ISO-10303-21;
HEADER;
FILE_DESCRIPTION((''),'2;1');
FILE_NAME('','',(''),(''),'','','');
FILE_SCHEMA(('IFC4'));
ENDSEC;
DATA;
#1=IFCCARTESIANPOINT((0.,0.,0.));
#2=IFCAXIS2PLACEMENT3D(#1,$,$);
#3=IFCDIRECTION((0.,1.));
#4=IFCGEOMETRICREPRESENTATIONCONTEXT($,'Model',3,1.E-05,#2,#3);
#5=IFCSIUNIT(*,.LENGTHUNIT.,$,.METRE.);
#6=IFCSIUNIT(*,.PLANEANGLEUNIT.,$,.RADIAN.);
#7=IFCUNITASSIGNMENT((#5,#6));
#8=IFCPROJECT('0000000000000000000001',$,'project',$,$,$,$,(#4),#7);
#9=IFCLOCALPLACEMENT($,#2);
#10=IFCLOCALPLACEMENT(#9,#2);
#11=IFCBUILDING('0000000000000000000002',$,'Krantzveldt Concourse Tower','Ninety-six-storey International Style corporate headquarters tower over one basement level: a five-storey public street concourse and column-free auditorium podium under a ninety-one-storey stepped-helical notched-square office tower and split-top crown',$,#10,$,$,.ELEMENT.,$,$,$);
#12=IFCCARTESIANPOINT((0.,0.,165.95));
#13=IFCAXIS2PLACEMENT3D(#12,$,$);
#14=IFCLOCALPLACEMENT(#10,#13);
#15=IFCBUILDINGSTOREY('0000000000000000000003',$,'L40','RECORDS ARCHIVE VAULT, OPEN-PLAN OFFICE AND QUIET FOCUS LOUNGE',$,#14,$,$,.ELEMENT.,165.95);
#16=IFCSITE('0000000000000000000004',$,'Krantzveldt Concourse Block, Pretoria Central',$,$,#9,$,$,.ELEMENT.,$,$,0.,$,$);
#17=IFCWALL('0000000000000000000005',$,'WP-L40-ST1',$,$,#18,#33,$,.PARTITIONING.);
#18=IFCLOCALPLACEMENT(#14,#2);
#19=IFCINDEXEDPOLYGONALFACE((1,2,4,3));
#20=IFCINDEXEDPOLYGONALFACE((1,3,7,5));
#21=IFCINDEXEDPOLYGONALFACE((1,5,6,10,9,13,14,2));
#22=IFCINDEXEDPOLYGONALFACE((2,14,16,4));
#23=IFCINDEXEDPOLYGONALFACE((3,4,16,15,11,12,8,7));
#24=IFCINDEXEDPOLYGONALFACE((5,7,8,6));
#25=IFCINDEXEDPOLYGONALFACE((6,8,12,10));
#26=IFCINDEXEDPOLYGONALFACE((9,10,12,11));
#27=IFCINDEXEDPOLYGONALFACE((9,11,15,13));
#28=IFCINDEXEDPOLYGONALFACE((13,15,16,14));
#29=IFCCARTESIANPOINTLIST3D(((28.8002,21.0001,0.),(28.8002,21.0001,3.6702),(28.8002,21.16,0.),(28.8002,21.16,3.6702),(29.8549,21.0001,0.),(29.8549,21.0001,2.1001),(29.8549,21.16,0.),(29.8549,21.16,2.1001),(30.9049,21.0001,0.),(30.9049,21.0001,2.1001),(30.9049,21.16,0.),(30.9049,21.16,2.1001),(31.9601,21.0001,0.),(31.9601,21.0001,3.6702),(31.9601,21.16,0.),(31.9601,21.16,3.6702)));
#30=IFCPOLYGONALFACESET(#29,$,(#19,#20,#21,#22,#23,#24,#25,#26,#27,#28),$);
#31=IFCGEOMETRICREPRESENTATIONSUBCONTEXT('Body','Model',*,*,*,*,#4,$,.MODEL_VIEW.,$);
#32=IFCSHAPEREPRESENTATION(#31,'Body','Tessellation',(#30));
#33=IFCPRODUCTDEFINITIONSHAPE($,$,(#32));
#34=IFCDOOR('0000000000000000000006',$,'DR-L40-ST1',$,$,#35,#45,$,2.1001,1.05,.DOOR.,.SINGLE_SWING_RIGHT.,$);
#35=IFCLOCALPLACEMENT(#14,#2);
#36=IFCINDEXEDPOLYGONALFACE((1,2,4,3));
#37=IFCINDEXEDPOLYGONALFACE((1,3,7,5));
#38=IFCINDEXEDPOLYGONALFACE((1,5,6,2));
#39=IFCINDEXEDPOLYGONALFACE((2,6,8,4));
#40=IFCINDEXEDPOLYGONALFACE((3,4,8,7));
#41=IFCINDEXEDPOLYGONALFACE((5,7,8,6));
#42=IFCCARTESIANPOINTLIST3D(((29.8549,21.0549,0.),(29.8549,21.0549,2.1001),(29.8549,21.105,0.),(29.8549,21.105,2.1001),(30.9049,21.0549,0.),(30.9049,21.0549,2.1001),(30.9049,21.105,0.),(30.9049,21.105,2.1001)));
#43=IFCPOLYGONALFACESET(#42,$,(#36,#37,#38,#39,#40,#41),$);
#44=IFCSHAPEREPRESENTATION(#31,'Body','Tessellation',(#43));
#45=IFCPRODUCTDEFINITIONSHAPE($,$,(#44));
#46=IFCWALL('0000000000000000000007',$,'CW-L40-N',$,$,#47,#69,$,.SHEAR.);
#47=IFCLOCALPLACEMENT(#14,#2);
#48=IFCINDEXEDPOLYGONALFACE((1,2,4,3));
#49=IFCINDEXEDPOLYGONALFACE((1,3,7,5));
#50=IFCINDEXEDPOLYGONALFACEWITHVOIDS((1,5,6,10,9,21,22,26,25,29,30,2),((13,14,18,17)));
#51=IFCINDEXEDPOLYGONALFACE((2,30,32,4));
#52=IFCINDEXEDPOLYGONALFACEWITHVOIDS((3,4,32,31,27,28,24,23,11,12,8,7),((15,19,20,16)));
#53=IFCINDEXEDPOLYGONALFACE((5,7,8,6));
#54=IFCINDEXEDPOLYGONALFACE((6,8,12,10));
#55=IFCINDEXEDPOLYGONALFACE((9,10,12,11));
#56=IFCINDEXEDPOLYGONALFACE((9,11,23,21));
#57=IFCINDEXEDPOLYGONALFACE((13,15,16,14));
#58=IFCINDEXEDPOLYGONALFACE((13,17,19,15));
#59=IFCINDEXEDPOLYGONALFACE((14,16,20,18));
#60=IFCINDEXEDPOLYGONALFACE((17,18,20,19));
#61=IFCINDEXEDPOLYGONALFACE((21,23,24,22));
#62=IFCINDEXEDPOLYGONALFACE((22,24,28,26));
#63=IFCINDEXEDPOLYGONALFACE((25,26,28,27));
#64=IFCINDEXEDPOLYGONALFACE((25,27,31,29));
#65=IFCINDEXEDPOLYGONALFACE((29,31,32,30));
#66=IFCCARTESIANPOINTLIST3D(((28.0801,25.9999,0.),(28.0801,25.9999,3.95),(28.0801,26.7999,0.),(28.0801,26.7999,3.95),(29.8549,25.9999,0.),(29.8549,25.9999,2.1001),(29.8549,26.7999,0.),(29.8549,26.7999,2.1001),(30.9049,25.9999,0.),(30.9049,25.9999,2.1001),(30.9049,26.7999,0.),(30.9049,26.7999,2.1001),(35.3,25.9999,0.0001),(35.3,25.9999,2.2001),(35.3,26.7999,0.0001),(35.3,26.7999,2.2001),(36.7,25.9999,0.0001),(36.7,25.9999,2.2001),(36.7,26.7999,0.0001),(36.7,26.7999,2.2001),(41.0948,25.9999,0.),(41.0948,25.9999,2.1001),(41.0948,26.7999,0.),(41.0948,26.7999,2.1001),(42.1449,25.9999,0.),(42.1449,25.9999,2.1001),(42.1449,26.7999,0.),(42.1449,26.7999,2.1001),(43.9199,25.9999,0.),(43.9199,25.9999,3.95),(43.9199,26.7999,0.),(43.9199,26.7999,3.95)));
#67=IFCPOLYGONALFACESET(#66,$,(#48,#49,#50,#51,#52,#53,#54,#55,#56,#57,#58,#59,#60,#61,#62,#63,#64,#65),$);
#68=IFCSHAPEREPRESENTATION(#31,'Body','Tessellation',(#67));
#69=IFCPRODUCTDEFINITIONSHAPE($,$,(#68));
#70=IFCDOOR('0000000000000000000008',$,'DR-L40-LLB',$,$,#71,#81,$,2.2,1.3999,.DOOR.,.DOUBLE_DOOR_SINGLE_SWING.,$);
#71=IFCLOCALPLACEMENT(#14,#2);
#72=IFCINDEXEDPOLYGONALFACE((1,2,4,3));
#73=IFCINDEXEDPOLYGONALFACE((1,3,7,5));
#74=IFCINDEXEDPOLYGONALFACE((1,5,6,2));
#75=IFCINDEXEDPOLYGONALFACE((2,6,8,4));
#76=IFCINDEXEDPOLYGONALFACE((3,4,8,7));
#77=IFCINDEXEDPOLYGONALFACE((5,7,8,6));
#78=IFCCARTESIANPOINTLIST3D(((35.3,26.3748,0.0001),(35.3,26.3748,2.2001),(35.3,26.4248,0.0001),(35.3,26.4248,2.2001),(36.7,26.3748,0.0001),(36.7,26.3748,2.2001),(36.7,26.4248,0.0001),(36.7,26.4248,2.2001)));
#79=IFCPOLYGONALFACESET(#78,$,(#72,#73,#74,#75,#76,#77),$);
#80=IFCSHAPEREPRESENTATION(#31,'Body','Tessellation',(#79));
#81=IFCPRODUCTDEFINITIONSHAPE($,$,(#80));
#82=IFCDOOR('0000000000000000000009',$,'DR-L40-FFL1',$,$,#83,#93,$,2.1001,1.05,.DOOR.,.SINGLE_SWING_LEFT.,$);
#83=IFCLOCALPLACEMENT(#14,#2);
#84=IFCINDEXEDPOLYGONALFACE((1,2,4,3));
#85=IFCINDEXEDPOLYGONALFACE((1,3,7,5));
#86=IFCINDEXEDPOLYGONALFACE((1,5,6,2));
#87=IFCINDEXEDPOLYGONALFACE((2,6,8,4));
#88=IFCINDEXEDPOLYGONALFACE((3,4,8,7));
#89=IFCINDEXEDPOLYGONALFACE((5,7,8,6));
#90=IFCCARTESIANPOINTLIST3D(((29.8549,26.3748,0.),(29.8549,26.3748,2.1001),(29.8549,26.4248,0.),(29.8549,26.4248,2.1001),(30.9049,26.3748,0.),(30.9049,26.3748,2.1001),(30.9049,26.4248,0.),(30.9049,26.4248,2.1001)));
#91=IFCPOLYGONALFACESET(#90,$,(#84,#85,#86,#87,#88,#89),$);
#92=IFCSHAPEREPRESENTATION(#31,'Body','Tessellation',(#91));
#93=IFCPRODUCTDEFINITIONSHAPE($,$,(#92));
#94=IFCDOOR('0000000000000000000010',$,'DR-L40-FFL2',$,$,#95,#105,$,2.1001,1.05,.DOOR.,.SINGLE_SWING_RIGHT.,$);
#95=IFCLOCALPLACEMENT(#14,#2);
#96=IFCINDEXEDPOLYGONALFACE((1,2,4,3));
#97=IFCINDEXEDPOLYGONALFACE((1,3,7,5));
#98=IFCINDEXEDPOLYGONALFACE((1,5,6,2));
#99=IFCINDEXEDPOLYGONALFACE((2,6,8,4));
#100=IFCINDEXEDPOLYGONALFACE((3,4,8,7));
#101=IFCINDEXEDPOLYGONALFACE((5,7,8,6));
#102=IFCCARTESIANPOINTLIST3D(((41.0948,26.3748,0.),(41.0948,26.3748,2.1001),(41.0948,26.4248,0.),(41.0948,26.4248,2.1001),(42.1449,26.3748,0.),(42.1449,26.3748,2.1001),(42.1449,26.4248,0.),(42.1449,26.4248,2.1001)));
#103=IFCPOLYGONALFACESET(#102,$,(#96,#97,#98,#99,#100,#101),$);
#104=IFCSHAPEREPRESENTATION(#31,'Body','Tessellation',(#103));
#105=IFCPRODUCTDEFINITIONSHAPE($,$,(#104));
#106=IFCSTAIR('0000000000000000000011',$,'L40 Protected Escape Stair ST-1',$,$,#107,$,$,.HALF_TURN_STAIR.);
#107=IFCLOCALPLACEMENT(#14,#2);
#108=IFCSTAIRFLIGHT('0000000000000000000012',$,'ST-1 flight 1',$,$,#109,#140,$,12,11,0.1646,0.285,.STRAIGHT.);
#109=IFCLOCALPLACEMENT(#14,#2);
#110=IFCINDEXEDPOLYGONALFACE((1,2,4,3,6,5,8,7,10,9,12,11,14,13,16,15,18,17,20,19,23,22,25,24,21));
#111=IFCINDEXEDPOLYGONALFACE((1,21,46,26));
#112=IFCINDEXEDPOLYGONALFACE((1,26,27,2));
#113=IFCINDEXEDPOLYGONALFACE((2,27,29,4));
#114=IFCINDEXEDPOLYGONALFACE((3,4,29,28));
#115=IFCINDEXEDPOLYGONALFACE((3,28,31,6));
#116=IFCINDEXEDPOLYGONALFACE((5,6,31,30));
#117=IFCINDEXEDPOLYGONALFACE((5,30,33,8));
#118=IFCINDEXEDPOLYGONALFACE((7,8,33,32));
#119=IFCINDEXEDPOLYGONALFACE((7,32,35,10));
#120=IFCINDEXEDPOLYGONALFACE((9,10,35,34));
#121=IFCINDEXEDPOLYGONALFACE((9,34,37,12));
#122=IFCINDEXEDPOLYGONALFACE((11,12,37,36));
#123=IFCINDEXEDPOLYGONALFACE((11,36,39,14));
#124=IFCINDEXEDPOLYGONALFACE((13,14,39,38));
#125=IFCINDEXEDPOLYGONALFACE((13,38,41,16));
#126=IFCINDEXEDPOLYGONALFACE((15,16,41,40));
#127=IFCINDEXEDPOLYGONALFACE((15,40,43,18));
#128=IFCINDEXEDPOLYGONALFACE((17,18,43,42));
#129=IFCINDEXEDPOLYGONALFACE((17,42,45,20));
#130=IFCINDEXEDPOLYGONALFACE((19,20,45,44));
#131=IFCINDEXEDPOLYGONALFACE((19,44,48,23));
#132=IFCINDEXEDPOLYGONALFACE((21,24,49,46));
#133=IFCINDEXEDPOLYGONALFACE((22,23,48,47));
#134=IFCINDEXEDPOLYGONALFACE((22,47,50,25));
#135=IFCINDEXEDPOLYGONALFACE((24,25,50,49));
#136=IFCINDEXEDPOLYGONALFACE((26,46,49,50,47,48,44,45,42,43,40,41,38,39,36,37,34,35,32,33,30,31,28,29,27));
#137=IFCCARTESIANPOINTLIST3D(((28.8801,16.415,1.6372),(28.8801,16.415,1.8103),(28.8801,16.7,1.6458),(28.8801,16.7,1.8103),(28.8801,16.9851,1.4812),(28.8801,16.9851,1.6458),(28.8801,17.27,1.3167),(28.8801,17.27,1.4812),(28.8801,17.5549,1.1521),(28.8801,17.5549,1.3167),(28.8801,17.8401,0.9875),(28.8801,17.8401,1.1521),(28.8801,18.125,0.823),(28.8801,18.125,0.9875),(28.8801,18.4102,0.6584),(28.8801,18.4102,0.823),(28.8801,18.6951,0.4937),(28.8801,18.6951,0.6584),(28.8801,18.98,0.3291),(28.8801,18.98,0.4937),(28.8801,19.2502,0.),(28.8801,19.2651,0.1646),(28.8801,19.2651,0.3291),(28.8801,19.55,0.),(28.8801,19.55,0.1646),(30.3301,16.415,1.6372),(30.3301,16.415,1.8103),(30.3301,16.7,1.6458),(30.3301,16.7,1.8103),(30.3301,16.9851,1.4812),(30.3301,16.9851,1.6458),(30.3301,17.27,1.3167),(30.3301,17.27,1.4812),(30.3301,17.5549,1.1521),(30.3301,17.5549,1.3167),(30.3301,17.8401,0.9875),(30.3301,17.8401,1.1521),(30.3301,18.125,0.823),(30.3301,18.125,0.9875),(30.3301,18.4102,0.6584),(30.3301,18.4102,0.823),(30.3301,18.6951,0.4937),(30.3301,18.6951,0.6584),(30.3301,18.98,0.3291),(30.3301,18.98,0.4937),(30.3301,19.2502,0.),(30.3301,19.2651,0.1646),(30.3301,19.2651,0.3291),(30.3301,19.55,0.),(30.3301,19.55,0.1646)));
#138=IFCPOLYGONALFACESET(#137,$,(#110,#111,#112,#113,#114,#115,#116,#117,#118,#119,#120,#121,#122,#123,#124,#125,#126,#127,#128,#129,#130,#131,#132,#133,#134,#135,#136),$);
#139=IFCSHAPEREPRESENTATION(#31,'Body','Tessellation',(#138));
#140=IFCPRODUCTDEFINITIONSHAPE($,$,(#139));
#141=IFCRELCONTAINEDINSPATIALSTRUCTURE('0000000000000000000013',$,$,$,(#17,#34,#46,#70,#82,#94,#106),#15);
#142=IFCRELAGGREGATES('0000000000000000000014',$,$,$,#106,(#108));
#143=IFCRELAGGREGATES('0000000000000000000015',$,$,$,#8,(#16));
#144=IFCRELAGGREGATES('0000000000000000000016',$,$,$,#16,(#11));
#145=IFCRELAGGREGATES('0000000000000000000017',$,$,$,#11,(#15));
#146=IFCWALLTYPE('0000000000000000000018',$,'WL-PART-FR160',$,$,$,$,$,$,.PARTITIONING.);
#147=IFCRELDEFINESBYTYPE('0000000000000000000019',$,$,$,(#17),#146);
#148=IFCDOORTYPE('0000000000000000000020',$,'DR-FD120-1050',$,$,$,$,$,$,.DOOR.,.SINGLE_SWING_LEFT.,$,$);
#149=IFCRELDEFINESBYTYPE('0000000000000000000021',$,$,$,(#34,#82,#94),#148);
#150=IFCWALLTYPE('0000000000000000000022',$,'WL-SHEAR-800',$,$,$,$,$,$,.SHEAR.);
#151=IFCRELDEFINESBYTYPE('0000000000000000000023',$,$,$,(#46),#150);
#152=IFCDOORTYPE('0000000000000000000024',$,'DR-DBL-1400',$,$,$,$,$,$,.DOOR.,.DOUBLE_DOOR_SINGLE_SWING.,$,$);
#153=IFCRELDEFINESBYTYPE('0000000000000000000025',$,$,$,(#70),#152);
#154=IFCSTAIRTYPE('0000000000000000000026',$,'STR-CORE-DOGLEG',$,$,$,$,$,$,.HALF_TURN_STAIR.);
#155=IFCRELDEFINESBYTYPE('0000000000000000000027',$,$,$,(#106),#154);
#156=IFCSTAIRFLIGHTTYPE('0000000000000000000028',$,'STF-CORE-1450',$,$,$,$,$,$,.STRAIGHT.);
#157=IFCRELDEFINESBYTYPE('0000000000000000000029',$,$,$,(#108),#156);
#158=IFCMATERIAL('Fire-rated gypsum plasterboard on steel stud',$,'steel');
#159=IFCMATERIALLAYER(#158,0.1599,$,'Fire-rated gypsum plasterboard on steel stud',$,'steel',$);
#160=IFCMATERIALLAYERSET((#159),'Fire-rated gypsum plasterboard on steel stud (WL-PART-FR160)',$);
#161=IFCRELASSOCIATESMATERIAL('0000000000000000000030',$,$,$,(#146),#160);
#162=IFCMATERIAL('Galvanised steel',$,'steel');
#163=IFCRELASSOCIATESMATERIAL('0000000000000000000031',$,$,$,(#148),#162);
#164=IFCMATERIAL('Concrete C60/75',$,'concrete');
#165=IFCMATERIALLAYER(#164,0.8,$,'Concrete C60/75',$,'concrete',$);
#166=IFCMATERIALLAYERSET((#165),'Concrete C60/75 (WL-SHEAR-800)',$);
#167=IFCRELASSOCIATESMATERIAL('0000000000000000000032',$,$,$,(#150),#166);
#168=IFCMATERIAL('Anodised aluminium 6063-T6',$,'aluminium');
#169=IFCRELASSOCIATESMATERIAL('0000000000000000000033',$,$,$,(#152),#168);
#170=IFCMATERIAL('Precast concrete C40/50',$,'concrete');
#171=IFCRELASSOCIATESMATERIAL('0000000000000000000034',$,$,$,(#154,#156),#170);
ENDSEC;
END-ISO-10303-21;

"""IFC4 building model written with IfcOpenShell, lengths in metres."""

from ifc_helpers import new_model, si_unit, direction, frame, frame_2d, origin, place, context, subcontext, project, spatial, polyline, rectangle, outline, extrude, material, layer, layer_set, type_object, element, fill, aggregate, save


model = new_model("IFC4")

# Units and contexts
model_context = context("Model", 3, precision=1e-05, world=origin(), true_north=direction((0.0, 1.0)))
body_context = subcontext(model_context, "Body", "Model", "MODEL_VIEW")
ifc_project = project(units=[si_unit("LENGTHUNIT", "METRE"), si_unit("PLANEANGLEUNIT", "RADIAN")], contexts=[model_context])

# Site, building, storey
site_placement = place(None, origin())
site = spatial("IfcSite", under=ifc_project, at=site_placement, Name="Krantzveldt Concourse Block, Pretoria Central", CompositionType="ELEMENT", RefElevation=0.0)
building_placement = place(site_placement, origin())
building = spatial("IfcBuilding", under=site, at=building_placement, Name="Krantzveldt Concourse Tower", Description="Ninety-six-storey International Style corporate headquarters tower over one basement level: a five-storey public street concourse and column-free auditorium podium under a ninety-one-storey stepped-helical notched-square office tower and split-top crown", CompositionType="ELEMENT")
storey_placement = place(building_placement, frame((0.0, 0.0, 165.95)))
storey = spatial("IfcBuildingStorey", under=building, at=storey_placement, Name="L40", Description="RECORDS ARCHIVE VAULT, OPEN-PLAN OFFICE AND QUIET FOCUS LOUNGE", CompositionType="ELEMENT", Elevation=165.95)

# Shared definitions
ifc_material_1 = material(Name="Fire-rated gypsum plasterboard on steel stud", Category="steel")

# Wall, opening, door
ifc_layer_1 = layer(ifc_material_1, 0.1599, Name="Fire-rated gypsum plasterboard on steel stud", Category="steel")
ifc_layer_set_1 = layer_set([ifc_layer_1], Name="Fire-rated gypsum plasterboard on steel stud (WL-PART-FR160)")
wall_type_1 = type_object("IfcWallType", Name="WL-PART-FR160", PredefinedType="PARTITIONING", material=ifc_layer_set_1)
wall_1_placement = place(storey_placement, frame((28.8, 21.0801, 0.0), z_axis=(0.0, 0.0, 1.0), x_axis=(1.0, 0.0, 0.0)))
wall_1 = element("IfcWall", 1, at=wall_1_placement, inside=storey, type_object=wall_type_1, Name="WP-L40-ST1", PredefinedType="PARTITIONING", context=body_context, shape_type="SweptSolid", body=[
    extrude(rectangle(XDim=3.1599, YDim=0.1599, at=frame_2d((1.5801, 0.0))), origin(), (0.0, 0.0, 1.0), 3.6702),
])
opening_1_placement = place(wall_1_placement, frame((1.0549, 0.0, 0.0)))
opening_1 = element("IfcOpeningElement", 2, at=opening_1_placement, cuts=wall_1, PredefinedType="OPENING", context=body_context, shape_type="SweptSolid", body=[
    extrude(rectangle(XDim=1.05, YDim=2.1001, at=frame_2d((0.5249, 1.05))), frame((0.0, 0.0898, 0.0), z_axis=(0.0, -1.0, 0.0), x_axis=(1.0, 0.0, 0.0)), (0.0, 0.0, 1.0), 0.1799),
])
ifc_material_2 = material(Name="Galvanised steel", Category="steel")
door_type_1 = type_object("IfcDoorType", Name="DR-FD120-1050", OperationType="SINGLE_SWING_LEFT", PredefinedType="DOOR", material=ifc_material_2)
door_1_placement = place(opening_1_placement, origin())
door_1 = element("IfcDoor", 3, at=door_1_placement, inside=storey, type_object=door_type_1, Name="DR-L40-ST1", OperationType="SINGLE_SWING_RIGHT", OverallHeight=2.1001, OverallWidth=1.05, PredefinedType="DOOR", context=body_context, shape_type="SweptSolid", body=[
    extrude(rectangle(XDim=1.05, YDim=2.1001, at=frame_2d((0.5249, 1.05))), frame((0.0, 0.0249, 0.0), z_axis=(0.0, -1.0, 0.0), x_axis=(1.0, 0.0, 0.0)), (0.0, 0.0, 1.0), 0.05),
])
fill(opening_1, door_1)

# Wall, openings, doors
ifc_material_3 = material(Name="Concrete C60/75", Category="concrete")
ifc_layer_2 = layer(ifc_material_3, 0.8, Name="Concrete C60/75", Category="concrete")
ifc_layer_set_2 = layer_set([ifc_layer_2], Name="Concrete C60/75 (WL-SHEAR-800)")
wall_type_2 = type_object("IfcWallType", Name="WL-SHEAR-800", PredefinedType="SHEAR", material=ifc_layer_set_2)
wall_2_placement = place(storey_placement, frame((28.0801, 26.3999, 0.0), z_axis=(0.0, 0.0, 1.0), x_axis=(1.0, 0.0, 0.0)))
wall_2 = element("IfcWall", 4, at=wall_2_placement, inside=storey, type_object=wall_type_2, Name="CW-L40-N", PredefinedType="SHEAR", context=body_context, shape_type="SweptSolid", body=[
    extrude(rectangle(XDim=15.8398, YDim=0.8, at=frame_2d((7.9199, 0.0))), origin(), (0.0, 0.0, 1.0), 3.95),
])
opening_2_placement = place(wall_2_placement, frame((7.22, 0.0, 0.0)))
opening_2 = element("IfcOpeningElement", 5, at=opening_2_placement, cuts=wall_2, PredefinedType="OPENING", context=body_context, shape_type="SweptSolid", body=[
    extrude(rectangle(XDim=1.3999, YDim=2.2, at=frame_2d((0.7, 1.1001))), frame((0.0, 0.4102, 0.0), z_axis=(0.0, -1.0, 0.0), x_axis=(1.0, 0.0, 0.0)), (0.0, 0.0, 1.0), 0.8201),
])
opening_3_placement = place(wall_2_placement, frame((1.7749, 0.0, 0.0)))
opening_3 = element("IfcOpeningElement", 6, at=opening_3_placement, cuts=wall_2, PredefinedType="OPENING", context=body_context, shape_type="SweptSolid", body=[
    extrude(rectangle(XDim=1.05, YDim=2.1001, at=frame_2d((0.5249, 1.05))), frame((0.0, 0.4102, 0.0), z_axis=(0.0, -1.0, 0.0), x_axis=(1.0, 0.0, 0.0)), (0.0, 0.0, 1.0), 0.8201),
])
opening_4_placement = place(wall_2_placement, frame((13.0149, 0.0, 0.0)))
opening_4 = element("IfcOpeningElement", 7, at=opening_4_placement, cuts=wall_2, PredefinedType="OPENING", context=body_context, shape_type="SweptSolid", body=[
    extrude(rectangle(XDim=1.05, YDim=2.1001, at=frame_2d((0.5249, 1.05))), frame((0.0, 0.4102, 0.0), z_axis=(0.0, -1.0, 0.0), x_axis=(1.0, 0.0, 0.0)), (0.0, 0.0, 1.0), 0.8201),
])
ifc_material_4 = material(Name="Anodised aluminium 6063-T6", Category="aluminium")
door_type_2 = type_object("IfcDoorType", Name="DR-DBL-1400", OperationType="DOUBLE_DOOR_SINGLE_SWING", PredefinedType="DOOR", material=ifc_material_4)
door_2_placement = place(opening_2_placement, origin())
door_2 = element("IfcDoor", 8, at=door_2_placement, inside=storey, type_object=door_type_2, Name="DR-L40-LLB", OperationType="DOUBLE_DOOR_SINGLE_SWING", OverallHeight=2.2, OverallWidth=1.3999, PredefinedType="DOOR", context=body_context, shape_type="SweptSolid", body=[
    extrude(rectangle(XDim=1.3999, YDim=2.2, at=frame_2d((0.7, 1.1001))), frame((0.0, 0.0249, 0.0), z_axis=(0.0, -1.0, 0.0), x_axis=(1.0, 0.0, 0.0)), (0.0, 0.0, 1.0), 0.05),
])
fill(opening_2, door_2)
door_3_placement = place(opening_3_placement, origin())
door_3 = element("IfcDoor", 9, at=door_3_placement, inside=storey, type_object=door_type_1, Name="DR-L40-FFL1", OperationType="SINGLE_SWING_LEFT", OverallHeight=2.1001, OverallWidth=1.05, PredefinedType="DOOR", context=body_context, shape_type="SweptSolid", body=[
    extrude(rectangle(XDim=1.05, YDim=2.1001, at=frame_2d((0.5249, 1.05))), frame((0.0, 0.0249, 0.0), z_axis=(0.0, -1.0, 0.0), x_axis=(1.0, 0.0, 0.0)), (0.0, 0.0, 1.0), 0.05),
])
fill(opening_3, door_3)
door_4_placement = place(opening_4_placement, origin())
door_4 = element("IfcDoor", 10, at=door_4_placement, inside=storey, type_object=door_type_1, Name="DR-L40-FFL2", OperationType="SINGLE_SWING_RIGHT", OverallHeight=2.1001, OverallWidth=1.05, PredefinedType="DOOR", context=body_context, shape_type="SweptSolid", body=[
    extrude(rectangle(XDim=1.05, YDim=2.1001, at=frame_2d((0.5249, 1.05))), frame((0.0, 0.0249, 0.0), z_axis=(0.0, -1.0, 0.0), x_axis=(1.0, 0.0, 0.0)), (0.0, 0.0, 1.0), 0.05),
])
fill(opening_4, door_4)

# Stair, stair flight
ifc_material_5 = material(Name="Precast concrete C40/50", Category="concrete")
stair_type = type_object("IfcStairType", Name="STR-CORE-DOGLEG", PredefinedType="HALF_TURN_STAIR", material=ifc_material_5)
stair_placement = place(storey_placement, origin())
stair = element("IfcStair", 11, at=stair_placement, inside=storey, type_object=stair_type, Name="L40 Protected Escape Stair ST-1", PredefinedType="HALF_TURN_STAIR")
stair_flight_type = type_object("IfcStairFlightType", Name="STF-CORE-1450", PredefinedType="STRAIGHT", material=ifc_material_5)
stair_flight_1_placement = place(storey_placement, frame((29.605, 19.55, 0.0), z_axis=(0.0, 0.0, 1.0), x_axis=(0.0, -1.0, 0.0)))
stair_flight_1 = element("IfcStairFlight", 12, at=stair_flight_1_placement, type_object=stair_flight_type, Name="ST-1 flight 1", NumberOfRisers=12, NumberOfTreads=11, PredefinedType="STRAIGHT", RiserHeight=0.1646, TreadLength=0.285, context=body_context, shape_type="SweptSolid", body=[
    extrude(outline(polyline([(0.0, 0.0), (0.0, 0.1646), (0.2849, 0.1646), (0.2849, 0.3291), (0.5701, 0.3291), (0.5701, 0.4937), (0.855, 0.4937), (0.855, 0.6584), (1.1399, 0.6584), (1.1399, 0.823), (1.425, 0.823), (1.425, 0.9875), (1.71, 0.9875), (1.71, 1.1521), (1.9951, 1.1521), (1.9951, 1.3167), (2.28, 1.3167), (2.28, 1.4812), (2.5649, 1.4812), (2.5649, 1.6458), (2.8501, 1.6458), (2.8501, 1.8103), (3.135, 1.8103), (3.135, 1.9751), (3.135, 1.6372), (0.2998, 0.0), (0.0, 0.0)])), frame((0.0, 0.7251, 0.0), z_axis=(0.0, -1.0, 0.0), x_axis=(1.0, 0.0, 0.0)), (0.0, 0.0, 1.0), 1.45),
])
aggregate(stair, [stair_flight_1])

save(model, "model.ifc")
